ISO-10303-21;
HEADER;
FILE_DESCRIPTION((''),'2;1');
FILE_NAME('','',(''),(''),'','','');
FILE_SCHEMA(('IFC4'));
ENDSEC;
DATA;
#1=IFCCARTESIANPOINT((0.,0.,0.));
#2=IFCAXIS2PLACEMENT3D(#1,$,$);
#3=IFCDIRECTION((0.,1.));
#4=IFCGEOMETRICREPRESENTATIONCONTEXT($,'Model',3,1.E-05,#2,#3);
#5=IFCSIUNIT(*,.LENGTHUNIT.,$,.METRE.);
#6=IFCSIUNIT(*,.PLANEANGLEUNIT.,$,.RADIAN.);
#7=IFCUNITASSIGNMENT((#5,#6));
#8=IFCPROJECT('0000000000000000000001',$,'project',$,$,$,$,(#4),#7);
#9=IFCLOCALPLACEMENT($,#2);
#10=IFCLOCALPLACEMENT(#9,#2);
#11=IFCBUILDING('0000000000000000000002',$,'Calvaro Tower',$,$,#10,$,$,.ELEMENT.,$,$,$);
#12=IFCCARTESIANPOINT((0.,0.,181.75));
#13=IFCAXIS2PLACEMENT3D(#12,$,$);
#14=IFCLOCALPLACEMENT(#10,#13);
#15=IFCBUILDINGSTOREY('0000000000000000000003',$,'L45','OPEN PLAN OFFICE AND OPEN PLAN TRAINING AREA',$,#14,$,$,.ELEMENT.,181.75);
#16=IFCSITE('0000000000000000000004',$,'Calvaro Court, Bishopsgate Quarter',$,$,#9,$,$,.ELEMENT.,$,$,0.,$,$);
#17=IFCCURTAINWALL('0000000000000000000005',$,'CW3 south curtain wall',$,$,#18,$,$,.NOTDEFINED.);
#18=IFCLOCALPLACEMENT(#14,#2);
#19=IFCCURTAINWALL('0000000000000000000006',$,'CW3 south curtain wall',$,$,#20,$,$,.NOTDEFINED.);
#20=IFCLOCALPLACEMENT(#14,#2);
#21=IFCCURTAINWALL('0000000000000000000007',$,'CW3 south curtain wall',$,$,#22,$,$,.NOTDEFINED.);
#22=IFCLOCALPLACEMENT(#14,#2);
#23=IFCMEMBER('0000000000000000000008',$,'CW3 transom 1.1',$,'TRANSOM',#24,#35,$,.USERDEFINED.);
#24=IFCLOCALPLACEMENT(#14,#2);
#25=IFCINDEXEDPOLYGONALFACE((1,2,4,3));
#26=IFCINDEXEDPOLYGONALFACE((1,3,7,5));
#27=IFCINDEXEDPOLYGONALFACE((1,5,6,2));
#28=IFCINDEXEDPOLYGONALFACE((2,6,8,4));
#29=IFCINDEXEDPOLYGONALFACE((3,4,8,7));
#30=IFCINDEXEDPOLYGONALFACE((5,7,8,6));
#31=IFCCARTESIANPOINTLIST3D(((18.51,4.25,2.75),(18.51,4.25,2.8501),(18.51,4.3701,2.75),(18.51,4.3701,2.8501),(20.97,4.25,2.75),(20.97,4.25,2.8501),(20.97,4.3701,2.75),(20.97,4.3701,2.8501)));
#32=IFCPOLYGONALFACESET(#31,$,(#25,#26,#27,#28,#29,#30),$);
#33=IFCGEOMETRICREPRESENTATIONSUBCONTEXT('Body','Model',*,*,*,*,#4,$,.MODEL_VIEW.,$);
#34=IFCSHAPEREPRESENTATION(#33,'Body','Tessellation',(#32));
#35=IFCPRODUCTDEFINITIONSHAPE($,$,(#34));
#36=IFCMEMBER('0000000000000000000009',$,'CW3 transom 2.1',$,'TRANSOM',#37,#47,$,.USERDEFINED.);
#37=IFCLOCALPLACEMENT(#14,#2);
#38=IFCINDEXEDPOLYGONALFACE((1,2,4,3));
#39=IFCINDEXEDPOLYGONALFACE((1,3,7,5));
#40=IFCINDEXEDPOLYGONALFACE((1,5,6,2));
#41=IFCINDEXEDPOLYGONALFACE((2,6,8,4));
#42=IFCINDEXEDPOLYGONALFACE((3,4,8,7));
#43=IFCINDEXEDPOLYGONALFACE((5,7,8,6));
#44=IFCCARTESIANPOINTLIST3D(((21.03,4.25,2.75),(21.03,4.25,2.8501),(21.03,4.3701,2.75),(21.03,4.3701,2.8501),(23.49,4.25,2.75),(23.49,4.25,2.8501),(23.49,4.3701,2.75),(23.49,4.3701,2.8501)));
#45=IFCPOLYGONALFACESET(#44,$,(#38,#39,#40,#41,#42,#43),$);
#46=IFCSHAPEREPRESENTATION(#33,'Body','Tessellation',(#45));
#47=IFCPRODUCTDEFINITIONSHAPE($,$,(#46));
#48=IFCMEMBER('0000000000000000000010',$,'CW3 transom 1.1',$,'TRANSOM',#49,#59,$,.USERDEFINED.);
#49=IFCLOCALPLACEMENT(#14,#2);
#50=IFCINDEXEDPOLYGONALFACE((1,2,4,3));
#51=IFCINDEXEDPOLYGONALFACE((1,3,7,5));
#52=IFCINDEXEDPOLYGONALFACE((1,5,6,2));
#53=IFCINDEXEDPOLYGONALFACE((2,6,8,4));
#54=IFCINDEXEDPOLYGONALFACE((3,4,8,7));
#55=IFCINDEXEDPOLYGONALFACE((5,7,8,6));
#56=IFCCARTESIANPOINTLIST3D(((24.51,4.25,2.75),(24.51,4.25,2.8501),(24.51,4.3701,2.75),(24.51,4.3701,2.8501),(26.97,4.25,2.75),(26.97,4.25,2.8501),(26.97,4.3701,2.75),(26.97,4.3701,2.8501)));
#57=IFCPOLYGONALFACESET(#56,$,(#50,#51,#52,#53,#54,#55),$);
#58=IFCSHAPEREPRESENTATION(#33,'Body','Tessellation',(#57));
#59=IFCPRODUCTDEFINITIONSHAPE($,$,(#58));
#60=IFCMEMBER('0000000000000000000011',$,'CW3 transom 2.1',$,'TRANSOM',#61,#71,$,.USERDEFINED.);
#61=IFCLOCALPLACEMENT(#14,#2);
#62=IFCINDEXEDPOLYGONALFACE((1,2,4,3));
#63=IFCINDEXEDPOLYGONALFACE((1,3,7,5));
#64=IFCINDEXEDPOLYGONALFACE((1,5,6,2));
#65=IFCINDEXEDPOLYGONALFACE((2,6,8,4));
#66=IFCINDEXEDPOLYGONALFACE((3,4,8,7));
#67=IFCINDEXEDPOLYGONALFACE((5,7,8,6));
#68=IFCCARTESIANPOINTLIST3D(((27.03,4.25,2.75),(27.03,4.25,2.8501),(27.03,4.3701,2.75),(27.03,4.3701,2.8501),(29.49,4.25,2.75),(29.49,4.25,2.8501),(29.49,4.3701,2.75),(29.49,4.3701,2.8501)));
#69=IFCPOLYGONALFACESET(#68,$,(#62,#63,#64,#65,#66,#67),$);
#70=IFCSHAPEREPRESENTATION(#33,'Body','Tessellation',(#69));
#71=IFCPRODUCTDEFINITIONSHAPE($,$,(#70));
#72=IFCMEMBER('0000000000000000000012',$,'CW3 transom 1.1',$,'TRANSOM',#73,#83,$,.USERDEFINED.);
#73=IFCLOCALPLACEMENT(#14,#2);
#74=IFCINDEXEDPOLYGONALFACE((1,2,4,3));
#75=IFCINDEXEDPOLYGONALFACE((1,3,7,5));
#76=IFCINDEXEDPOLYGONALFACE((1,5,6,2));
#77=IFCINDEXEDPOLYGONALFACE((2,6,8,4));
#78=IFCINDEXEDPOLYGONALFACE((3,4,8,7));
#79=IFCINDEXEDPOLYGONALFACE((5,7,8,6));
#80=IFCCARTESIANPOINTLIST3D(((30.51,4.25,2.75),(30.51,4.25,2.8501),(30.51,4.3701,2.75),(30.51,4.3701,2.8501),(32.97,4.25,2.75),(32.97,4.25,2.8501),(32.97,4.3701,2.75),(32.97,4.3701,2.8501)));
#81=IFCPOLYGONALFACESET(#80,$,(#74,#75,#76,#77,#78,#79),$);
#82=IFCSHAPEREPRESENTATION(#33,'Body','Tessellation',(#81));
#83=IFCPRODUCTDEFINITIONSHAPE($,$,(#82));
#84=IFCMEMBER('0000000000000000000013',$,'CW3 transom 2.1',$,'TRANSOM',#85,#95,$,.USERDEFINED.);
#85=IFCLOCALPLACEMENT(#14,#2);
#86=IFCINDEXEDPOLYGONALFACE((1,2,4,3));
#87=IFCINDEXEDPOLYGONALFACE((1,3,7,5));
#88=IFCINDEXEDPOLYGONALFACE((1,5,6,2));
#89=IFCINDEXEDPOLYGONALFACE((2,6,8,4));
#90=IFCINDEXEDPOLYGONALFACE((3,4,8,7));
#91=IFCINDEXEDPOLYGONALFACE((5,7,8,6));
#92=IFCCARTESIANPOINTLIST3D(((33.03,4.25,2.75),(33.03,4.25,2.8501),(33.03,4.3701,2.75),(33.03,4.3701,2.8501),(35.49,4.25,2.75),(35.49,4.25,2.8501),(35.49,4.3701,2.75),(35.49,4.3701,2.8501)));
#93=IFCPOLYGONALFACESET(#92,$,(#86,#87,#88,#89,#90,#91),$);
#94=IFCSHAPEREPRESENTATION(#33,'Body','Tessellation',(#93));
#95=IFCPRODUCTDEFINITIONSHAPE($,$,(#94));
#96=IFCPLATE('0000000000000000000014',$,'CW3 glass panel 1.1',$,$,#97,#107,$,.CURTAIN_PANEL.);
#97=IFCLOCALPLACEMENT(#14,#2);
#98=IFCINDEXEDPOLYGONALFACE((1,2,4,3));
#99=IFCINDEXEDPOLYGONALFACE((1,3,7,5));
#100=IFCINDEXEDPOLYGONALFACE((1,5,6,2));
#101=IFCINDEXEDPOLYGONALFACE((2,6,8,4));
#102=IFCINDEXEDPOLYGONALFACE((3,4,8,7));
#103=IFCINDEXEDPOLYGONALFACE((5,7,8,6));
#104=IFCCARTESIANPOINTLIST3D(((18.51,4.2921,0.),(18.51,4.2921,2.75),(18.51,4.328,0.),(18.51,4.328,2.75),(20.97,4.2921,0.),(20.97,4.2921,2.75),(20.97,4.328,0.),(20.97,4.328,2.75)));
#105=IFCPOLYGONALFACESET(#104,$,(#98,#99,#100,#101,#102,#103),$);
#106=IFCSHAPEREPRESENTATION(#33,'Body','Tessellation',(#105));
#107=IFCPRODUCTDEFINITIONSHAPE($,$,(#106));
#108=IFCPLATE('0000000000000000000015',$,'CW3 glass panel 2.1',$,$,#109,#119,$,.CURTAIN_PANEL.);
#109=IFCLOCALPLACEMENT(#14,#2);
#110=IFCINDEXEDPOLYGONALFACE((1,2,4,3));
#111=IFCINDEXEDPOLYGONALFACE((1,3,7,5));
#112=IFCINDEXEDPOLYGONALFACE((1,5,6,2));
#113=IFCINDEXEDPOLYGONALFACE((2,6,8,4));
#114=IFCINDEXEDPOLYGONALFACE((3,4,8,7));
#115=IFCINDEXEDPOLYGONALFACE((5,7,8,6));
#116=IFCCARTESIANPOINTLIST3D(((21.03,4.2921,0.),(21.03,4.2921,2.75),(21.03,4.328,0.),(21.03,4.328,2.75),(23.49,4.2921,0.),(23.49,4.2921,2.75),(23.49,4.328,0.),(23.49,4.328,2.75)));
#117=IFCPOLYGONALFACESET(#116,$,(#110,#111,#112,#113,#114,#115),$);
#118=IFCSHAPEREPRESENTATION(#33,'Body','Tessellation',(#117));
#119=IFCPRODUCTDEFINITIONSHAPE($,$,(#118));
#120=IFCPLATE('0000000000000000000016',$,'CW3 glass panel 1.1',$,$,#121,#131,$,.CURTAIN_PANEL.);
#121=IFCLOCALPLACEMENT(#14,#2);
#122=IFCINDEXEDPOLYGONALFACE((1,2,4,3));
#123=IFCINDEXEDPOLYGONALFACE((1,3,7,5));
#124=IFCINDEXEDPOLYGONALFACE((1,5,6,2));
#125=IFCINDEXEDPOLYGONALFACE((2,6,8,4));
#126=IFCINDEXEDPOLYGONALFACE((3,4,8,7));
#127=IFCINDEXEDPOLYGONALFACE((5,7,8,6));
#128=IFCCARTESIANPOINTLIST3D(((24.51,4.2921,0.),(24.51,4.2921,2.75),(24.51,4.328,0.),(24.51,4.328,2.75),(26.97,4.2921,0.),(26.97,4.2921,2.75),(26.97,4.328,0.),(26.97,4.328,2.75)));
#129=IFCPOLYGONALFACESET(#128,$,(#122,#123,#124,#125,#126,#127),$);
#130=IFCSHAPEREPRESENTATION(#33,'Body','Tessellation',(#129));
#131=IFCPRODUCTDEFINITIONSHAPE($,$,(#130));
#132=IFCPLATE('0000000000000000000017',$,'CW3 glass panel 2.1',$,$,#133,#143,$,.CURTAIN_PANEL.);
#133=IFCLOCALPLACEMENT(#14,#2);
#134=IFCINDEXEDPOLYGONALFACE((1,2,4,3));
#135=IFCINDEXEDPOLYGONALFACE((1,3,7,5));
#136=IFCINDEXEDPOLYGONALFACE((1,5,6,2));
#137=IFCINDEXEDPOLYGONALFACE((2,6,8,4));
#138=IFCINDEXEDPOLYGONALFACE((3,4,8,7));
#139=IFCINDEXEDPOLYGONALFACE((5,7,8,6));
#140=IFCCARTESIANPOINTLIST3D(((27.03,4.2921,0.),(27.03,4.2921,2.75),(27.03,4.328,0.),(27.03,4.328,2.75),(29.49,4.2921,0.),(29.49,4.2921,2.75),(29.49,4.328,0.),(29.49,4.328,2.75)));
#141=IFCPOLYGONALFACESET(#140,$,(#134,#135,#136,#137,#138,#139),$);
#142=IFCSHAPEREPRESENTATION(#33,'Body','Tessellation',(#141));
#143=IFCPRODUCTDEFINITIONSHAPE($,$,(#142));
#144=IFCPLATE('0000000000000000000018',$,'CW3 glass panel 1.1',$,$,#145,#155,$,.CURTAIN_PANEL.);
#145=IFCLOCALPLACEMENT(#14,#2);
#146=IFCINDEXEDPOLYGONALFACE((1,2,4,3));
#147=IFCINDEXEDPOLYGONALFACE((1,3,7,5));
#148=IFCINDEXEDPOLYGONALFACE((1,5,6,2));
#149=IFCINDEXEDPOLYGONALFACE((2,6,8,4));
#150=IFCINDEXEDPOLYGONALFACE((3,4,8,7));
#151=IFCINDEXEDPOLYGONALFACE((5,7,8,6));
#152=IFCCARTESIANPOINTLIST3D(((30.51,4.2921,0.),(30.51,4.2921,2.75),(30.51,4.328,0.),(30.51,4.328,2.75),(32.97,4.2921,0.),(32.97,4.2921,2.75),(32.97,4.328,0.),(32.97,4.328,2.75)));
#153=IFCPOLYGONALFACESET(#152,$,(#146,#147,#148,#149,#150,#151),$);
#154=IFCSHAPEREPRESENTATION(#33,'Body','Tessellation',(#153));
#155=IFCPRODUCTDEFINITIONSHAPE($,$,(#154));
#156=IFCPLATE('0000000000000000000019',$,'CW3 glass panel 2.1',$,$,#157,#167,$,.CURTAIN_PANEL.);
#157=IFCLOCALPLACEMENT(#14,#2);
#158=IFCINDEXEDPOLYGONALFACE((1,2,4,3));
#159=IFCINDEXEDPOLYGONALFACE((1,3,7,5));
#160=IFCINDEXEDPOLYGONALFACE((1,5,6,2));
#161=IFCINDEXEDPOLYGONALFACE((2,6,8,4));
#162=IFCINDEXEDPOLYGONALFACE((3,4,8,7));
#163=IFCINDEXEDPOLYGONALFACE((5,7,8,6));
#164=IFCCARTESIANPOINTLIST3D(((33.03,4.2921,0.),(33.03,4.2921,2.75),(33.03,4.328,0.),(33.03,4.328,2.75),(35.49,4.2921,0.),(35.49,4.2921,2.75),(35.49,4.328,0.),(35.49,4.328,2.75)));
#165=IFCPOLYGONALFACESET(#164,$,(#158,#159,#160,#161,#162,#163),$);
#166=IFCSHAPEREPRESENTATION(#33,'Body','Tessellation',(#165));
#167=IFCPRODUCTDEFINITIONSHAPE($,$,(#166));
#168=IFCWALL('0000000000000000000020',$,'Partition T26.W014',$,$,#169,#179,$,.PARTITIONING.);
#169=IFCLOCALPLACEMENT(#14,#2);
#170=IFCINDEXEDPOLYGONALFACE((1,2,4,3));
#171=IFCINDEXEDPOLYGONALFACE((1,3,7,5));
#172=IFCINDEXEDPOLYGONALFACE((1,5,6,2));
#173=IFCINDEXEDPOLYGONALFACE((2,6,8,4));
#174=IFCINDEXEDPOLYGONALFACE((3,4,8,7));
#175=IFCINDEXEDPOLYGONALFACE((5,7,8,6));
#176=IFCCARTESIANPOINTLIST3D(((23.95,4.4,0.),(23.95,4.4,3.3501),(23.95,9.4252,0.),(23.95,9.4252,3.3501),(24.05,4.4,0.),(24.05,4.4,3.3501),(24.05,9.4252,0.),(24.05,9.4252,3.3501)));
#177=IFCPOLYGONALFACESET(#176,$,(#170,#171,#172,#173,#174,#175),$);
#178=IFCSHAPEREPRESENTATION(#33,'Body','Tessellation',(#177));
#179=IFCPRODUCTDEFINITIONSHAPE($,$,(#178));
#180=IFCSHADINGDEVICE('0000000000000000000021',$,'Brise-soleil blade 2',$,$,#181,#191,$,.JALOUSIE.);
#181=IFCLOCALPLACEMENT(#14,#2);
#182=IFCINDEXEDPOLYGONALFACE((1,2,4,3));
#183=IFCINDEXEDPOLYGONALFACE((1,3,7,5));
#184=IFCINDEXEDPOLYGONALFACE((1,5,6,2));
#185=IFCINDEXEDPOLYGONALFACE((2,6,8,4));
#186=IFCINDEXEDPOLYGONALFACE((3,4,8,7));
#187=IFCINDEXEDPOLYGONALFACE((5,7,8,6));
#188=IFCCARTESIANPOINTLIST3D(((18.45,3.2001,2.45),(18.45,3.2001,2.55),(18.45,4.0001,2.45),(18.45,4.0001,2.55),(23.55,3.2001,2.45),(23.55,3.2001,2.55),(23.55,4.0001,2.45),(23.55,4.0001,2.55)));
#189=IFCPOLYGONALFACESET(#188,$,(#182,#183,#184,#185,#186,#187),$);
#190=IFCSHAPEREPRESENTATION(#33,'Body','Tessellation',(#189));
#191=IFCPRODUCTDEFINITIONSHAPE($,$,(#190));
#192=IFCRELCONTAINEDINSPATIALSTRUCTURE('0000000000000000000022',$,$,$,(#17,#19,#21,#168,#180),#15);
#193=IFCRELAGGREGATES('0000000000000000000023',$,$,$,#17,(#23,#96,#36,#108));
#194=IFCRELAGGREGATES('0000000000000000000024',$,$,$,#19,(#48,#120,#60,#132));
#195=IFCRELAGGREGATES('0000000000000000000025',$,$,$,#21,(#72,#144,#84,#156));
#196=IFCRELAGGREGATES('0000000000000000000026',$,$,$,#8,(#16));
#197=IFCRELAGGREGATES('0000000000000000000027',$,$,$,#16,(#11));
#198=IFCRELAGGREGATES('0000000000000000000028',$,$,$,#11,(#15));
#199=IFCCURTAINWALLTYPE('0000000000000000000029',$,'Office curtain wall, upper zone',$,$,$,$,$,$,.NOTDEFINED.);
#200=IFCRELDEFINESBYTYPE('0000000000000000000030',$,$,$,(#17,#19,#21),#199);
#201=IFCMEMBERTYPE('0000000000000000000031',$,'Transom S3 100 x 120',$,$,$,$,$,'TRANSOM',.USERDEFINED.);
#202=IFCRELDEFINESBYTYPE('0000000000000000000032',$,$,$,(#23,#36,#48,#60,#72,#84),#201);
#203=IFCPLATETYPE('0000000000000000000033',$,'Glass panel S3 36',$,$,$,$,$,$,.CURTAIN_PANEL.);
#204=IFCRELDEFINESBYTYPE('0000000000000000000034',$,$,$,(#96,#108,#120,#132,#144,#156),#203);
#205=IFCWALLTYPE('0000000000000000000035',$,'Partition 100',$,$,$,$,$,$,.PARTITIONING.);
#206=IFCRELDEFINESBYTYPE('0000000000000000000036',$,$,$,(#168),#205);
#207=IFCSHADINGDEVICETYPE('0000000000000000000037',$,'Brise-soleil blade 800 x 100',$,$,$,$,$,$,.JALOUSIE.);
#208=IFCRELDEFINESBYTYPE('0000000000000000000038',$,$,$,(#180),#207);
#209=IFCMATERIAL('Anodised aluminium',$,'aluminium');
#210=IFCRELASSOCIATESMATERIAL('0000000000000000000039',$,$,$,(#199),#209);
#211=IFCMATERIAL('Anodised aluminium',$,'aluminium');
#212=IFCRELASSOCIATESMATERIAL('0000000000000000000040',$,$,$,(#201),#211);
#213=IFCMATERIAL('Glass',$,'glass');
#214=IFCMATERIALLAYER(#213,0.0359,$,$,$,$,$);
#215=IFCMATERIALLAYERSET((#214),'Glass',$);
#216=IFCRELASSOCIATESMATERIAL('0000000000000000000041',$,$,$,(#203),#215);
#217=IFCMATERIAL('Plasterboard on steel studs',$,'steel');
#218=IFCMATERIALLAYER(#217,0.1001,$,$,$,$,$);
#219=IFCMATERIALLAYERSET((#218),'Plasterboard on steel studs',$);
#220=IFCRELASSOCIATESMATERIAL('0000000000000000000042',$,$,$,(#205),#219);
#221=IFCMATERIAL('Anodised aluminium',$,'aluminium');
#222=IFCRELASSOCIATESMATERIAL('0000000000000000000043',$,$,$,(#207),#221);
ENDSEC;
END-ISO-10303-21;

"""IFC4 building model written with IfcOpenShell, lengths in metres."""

from ifc_helpers import new_model, si_unit, direction, frame, frame_2d, origin, origin_2d, place, context, subcontext, project, spatial, rectangle, extrude, material, layer, layer_set, material_profile, profile_set, type_object, element, aggregate, save


model = new_model("IFC4")

# Units and contexts
model_context = context("Model", 3, precision=1e-05, world=origin(), true_north=direction((0.0, 1.0)))
body_context = subcontext(model_context, "Body", "Model", "MODEL_VIEW")
ifc_project = project(units=[si_unit("LENGTHUNIT", "METRE"), si_unit("PLANEANGLEUNIT", "RADIAN")], contexts=[model_context])

# Site, building, storey
site_placement = place(None, origin())
site = spatial("IfcSite", under=ifc_project, at=site_placement, Name="Calvaro Court, Bishopsgate Quarter", CompositionType="ELEMENT", RefElevation=0.0)
building_placement = place(site_placement, origin())
building = spatial("IfcBuilding", under=site, at=building_placement, Name="Calvaro Tower", CompositionType="ELEMENT")
storey_placement = place(building_placement, frame((0.0, 0.0, 181.75)))
storey = spatial("IfcBuildingStorey", under=building, at=storey_placement, Name="L45", Description="OPEN PLAN OFFICE AND OPEN PLAN TRAINING AREA", CompositionType="ELEMENT", Elevation=181.75)

# Shared definitions
ifc_material_1 = material(Name="Anodised aluminium", Category="aluminium")
curtain_wall_type = type_object("IfcCurtainWallType", Name="Office curtain wall, upper zone", PredefinedType="NOTDEFINED", material=ifc_material_1)

# Curtain walls
curtain_wall_1_placement = place(storey_placement, origin())
curtain_wall_1 = element("IfcCurtainWall", 1, at=curtain_wall_1_placement, inside=storey, type_object=curtain_wall_type, Name="CW3 south curtain wall", PredefinedType="NOTDEFINED")
curtain_wall_2_placement = place(storey_placement, origin())
curtain_wall_2 = element("IfcCurtainWall", 2, at=curtain_wall_2_placement, inside=storey, type_object=curtain_wall_type, Name="CW3 south curtain wall", PredefinedType="NOTDEFINED")
curtain_wall_3_placement = place(storey_placement, origin())
curtain_wall_3 = element("IfcCurtainWall", 3, at=curtain_wall_3_placement, inside=storey, type_object=curtain_wall_type, Name="CW3 south curtain wall", PredefinedType="NOTDEFINED")

# Members
ifc_material_2 = material(Name="Anodised aluminium", Category="aluminium")
ifc_material_profile_1 = material_profile(ifc_material_2, rectangle(XDim=0.1201, YDim=0.1001, at=origin_2d()), Name="Transom S3 100 x 120")
ifc_profile_set_1 = profile_set([ifc_material_profile_1], Name="Anodised aluminium")
member_type_1 = type_object("IfcMemberType", Name="Transom S3 100 x 120", ElementType="TRANSOM", PredefinedType="USERDEFINED", material=ifc_profile_set_1)
member_1_placement = place(storey_placement, frame((18.51, 4.3101, 2.8), z_axis=(1.0, 0.0, 0.0), x_axis=(0.0, 1.0, 0.0)))
member_1 = element("IfcMember", 4, at=member_1_placement, type_object=member_type_1, Name="CW3 transom 1.1", ObjectType="TRANSOM", PredefinedType="USERDEFINED", context=body_context, shape_type="SweptSolid", body=[
    extrude(rectangle(XDim=0.1201, YDim=0.1001, at=origin_2d()), origin(), (0.0, 0.0, 1.0), 2.46),
])
member_2_placement = place(storey_placement, frame((21.03, 4.3101, 2.8), z_axis=(1.0, 0.0, 0.0), x_axis=(0.0, 1.0, 0.0)))
member_2 = element("IfcMember", 5, at=member_2_placement, type_object=member_type_1, Name="CW3 transom 2.1", ObjectType="TRANSOM", PredefinedType="USERDEFINED", context=body_context, shape_type="SweptSolid", body=[
    extrude(rectangle(XDim=0.1201, YDim=0.1001, at=origin_2d()), origin(), (0.0, 0.0, 1.0), 2.46),
])
member_3_placement = place(storey_placement, frame((24.51, 4.3101, 2.8), z_axis=(1.0, 0.0, 0.0), x_axis=(0.0, 1.0, 0.0)))
member_3 = element("IfcMember", 6, at=member_3_placement, type_object=member_type_1, Name="CW3 transom 1.1", ObjectType="TRANSOM", PredefinedType="USERDEFINED", context=body_context, shape_type="SweptSolid", body=[
    extrude(rectangle(XDim=0.1201, YDim=0.1001, at=origin_2d()), origin(), (0.0, 0.0, 1.0), 2.46),
])
member_4_placement = place(storey_placement, frame((27.03, 4.3101, 2.8), z_axis=(1.0, 0.0, 0.0), x_axis=(0.0, 1.0, 0.0)))
member_4 = element("IfcMember", 7, at=member_4_placement, type_object=member_type_1, Name="CW3 transom 2.1", ObjectType="TRANSOM", PredefinedType="USERDEFINED", context=body_context, shape_type="SweptSolid", body=[
    extrude(rectangle(XDim=0.1201, YDim=0.1001, at=origin_2d()), origin(), (0.0, 0.0, 1.0), 2.46),
])
member_5_placement = place(storey_placement, frame((30.51, 4.3101, 2.8), z_axis=(1.0, 0.0, 0.0), x_axis=(0.0, 1.0, 0.0)))
member_5 = element("IfcMember", 8, at=member_5_placement, type_object=member_type_1, Name="CW3 transom 1.1", ObjectType="TRANSOM", PredefinedType="USERDEFINED", context=body_context, shape_type="SweptSolid", body=[
    extrude(rectangle(XDim=0.1201, YDim=0.1001, at=origin_2d()), origin(), (0.0, 0.0, 1.0), 2.46),
])
member_6_placement = place(storey_placement, frame((33.03, 4.3101, 2.8), z_axis=(1.0, 0.0, 0.0), x_axis=(0.0, 1.0, 0.0)))
member_6 = element("IfcMember", 9, at=member_6_placement, type_object=member_type_1, Name="CW3 transom 2.1", ObjectType="TRANSOM", PredefinedType="USERDEFINED", context=body_context, shape_type="SweptSolid", body=[
    extrude(rectangle(XDim=0.1201, YDim=0.1001, at=origin_2d()), origin(), (0.0, 0.0, 1.0), 2.46),
])

# Plates
ifc_material_3 = material(Name="Glass", Category="glass")
ifc_layer_1 = layer(ifc_material_3, 0.0359)
ifc_layer_set_1 = layer_set([ifc_layer_1], Name="Glass")
plate_type = type_object("IfcPlateType", Name="Glass panel S3 36", PredefinedType="CURTAIN_PANEL", material=ifc_layer_set_1)
plate_1_placement = place(storey_placement, frame((19.74, 4.3101, 0.0), z_axis=(0.0, 0.0, 1.0), x_axis=(1.0, 0.0, 0.0)))
plate_1 = element("IfcPlate", 10, at=plate_1_placement, type_object=plate_type, Name="CW3 glass panel 1.1", PredefinedType="CURTAIN_PANEL", context=body_context, shape_type="SweptSolid", body=[
    extrude(rectangle(XDim=2.46, YDim=0.0359, at=origin_2d()), origin(), (0.0, 0.0, 1.0), 2.75),
])
plate_2_placement = place(storey_placement, frame((22.26, 4.3101, 0.0), z_axis=(0.0, 0.0, 1.0), x_axis=(1.0, 0.0, 0.0)))
plate_2 = element("IfcPlate", 11, at=plate_2_placement, type_object=plate_type, Name="CW3 glass panel 2.1", PredefinedType="CURTAIN_PANEL", context=body_context, shape_type="SweptSolid", body=[
    extrude(rectangle(XDim=2.46, YDim=0.0359, at=origin_2d()), origin(), (0.0, 0.0, 1.0), 2.75),
])
aggregate(curtain_wall_1, [member_1, plate_1, member_2, plate_2])
plate_3_placement = place(storey_placement, frame((25.74, 4.3101, 0.0), z_axis=(0.0, 0.0, 1.0), x_axis=(1.0, 0.0, 0.0)))
plate_3 = element("IfcPlate", 12, at=plate_3_placement, type_object=plate_type, Name="CW3 glass panel 1.1", PredefinedType="CURTAIN_PANEL", context=body_context, shape_type="SweptSolid", body=[
    extrude(rectangle(XDim=2.46, YDim=0.0359, at=origin_2d()), origin(), (0.0, 0.0, 1.0), 2.75),
])
plate_4_placement = place(storey_placement, frame((28.26, 4.3101, 0.0), z_axis=(0.0, 0.0, 1.0), x_axis=(1.0, 0.0, 0.0)))
plate_4 = element("IfcPlate", 13, at=plate_4_placement, type_object=plate_type, Name="CW3 glass panel 2.1", PredefinedType="CURTAIN_PANEL", context=body_context, shape_type="SweptSolid", body=[
    extrude(rectangle(XDim=2.46, YDim=0.0359, at=origin_2d()), origin(), (0.0, 0.0, 1.0), 2.75),
])
aggregate(curtain_wall_2, [member_3, plate_3, member_4, plate_4])
plate_5_placement = place(storey_placement, frame((31.74, 4.3101, 0.0), z_axis=(0.0, 0.0, 1.0), x_axis=(1.0, 0.0, 0.0)))
plate_5 = element("IfcPlate", 14, at=plate_5_placement, type_object=plate_type, Name="CW3 glass panel 1.1", PredefinedType="CURTAIN_PANEL", context=body_context, shape_type="SweptSolid", body=[
    extrude(rectangle(XDim=2.46, YDim=0.0359, at=origin_2d()), origin(), (0.0, 0.0, 1.0), 2.75),
])
plate_6_placement = place(storey_placement, frame((34.26, 4.3101, 0.0), z_axis=(0.0, 0.0, 1.0), x_axis=(1.0, 0.0, 0.0)))
plate_6 = element("IfcPlate", 15, at=plate_6_placement, type_object=plate_type, Name="CW3 glass panel 2.1", PredefinedType="CURTAIN_PANEL", context=body_context, shape_type="SweptSolid", body=[
    extrude(rectangle(XDim=2.46, YDim=0.0359, at=origin_2d()), origin(), (0.0, 0.0, 1.0), 2.75),
])
aggregate(curtain_wall_3, [member_5, plate_5, member_6, plate_6])

# Wall
ifc_material_4 = material(Name="Plasterboard on steel studs", Category="steel")
ifc_layer_2 = layer(ifc_material_4, 0.1001)
ifc_layer_set_2 = layer_set([ifc_layer_2], Name="Plasterboard on steel studs")
wall_type = type_object("IfcWallType", Name="Partition 100", PredefinedType="PARTITIONING", material=ifc_layer_set_2)
wall_placement = place(storey_placement, frame((24.0, 4.3999, 0.0), z_axis=(0.0, 0.0, 1.0), x_axis=(0.0, 1.0, 0.0)))
element("IfcWall", 16, at=wall_placement, inside=storey, type_object=wall_type, Name="Partition T26.W014", PredefinedType="PARTITIONING", context=body_context, shape_type="SweptSolid", body=[
    extrude(rectangle(XDim=5.0251, YDim=0.1001, at=frame_2d((2.5127, 0.0))), origin(), (0.0, 0.0, 1.0), 3.3501),
])

# Shading device
ifc_material_5 = material(Name="Anodised aluminium", Category="aluminium")
ifc_material_profile_2 = material_profile(ifc_material_5, rectangle(XDim=0.8, YDim=0.1001, at=origin_2d()), Name="Brise-soleil blade 800 x 100")
ifc_profile_set_2 = profile_set([ifc_material_profile_2], Name="Anodised aluminium")
shading_device_type = type_object("IfcShadingDeviceType", Name="Brise-soleil blade 800 x 100", PredefinedType="JALOUSIE", material=ifc_profile_set_2)
for number, where, z_axis, x_axis, name in (
    (17, (18.45, 3.6001, 2.5), (1.0, 0.0, 0.0), (0.0, 1.0, 0.0), "Brise-soleil blade 2"),
):
    element("IfcShadingDevice", number, at=place(storey_placement, frame(where, z_axis=z_axis, x_axis=x_axis)), inside=storey, type_object=shading_device_type, Name=name, PredefinedType="JALOUSIE", context=body_context, shape_type="SweptSolid", body=[
        extrude(rectangle(XDim=0.8, YDim=0.1001, at=origin_2d()), origin(), (0.0, 0.0, 1.0), 5.1001),
    ])

save(model, "model.ifc")
